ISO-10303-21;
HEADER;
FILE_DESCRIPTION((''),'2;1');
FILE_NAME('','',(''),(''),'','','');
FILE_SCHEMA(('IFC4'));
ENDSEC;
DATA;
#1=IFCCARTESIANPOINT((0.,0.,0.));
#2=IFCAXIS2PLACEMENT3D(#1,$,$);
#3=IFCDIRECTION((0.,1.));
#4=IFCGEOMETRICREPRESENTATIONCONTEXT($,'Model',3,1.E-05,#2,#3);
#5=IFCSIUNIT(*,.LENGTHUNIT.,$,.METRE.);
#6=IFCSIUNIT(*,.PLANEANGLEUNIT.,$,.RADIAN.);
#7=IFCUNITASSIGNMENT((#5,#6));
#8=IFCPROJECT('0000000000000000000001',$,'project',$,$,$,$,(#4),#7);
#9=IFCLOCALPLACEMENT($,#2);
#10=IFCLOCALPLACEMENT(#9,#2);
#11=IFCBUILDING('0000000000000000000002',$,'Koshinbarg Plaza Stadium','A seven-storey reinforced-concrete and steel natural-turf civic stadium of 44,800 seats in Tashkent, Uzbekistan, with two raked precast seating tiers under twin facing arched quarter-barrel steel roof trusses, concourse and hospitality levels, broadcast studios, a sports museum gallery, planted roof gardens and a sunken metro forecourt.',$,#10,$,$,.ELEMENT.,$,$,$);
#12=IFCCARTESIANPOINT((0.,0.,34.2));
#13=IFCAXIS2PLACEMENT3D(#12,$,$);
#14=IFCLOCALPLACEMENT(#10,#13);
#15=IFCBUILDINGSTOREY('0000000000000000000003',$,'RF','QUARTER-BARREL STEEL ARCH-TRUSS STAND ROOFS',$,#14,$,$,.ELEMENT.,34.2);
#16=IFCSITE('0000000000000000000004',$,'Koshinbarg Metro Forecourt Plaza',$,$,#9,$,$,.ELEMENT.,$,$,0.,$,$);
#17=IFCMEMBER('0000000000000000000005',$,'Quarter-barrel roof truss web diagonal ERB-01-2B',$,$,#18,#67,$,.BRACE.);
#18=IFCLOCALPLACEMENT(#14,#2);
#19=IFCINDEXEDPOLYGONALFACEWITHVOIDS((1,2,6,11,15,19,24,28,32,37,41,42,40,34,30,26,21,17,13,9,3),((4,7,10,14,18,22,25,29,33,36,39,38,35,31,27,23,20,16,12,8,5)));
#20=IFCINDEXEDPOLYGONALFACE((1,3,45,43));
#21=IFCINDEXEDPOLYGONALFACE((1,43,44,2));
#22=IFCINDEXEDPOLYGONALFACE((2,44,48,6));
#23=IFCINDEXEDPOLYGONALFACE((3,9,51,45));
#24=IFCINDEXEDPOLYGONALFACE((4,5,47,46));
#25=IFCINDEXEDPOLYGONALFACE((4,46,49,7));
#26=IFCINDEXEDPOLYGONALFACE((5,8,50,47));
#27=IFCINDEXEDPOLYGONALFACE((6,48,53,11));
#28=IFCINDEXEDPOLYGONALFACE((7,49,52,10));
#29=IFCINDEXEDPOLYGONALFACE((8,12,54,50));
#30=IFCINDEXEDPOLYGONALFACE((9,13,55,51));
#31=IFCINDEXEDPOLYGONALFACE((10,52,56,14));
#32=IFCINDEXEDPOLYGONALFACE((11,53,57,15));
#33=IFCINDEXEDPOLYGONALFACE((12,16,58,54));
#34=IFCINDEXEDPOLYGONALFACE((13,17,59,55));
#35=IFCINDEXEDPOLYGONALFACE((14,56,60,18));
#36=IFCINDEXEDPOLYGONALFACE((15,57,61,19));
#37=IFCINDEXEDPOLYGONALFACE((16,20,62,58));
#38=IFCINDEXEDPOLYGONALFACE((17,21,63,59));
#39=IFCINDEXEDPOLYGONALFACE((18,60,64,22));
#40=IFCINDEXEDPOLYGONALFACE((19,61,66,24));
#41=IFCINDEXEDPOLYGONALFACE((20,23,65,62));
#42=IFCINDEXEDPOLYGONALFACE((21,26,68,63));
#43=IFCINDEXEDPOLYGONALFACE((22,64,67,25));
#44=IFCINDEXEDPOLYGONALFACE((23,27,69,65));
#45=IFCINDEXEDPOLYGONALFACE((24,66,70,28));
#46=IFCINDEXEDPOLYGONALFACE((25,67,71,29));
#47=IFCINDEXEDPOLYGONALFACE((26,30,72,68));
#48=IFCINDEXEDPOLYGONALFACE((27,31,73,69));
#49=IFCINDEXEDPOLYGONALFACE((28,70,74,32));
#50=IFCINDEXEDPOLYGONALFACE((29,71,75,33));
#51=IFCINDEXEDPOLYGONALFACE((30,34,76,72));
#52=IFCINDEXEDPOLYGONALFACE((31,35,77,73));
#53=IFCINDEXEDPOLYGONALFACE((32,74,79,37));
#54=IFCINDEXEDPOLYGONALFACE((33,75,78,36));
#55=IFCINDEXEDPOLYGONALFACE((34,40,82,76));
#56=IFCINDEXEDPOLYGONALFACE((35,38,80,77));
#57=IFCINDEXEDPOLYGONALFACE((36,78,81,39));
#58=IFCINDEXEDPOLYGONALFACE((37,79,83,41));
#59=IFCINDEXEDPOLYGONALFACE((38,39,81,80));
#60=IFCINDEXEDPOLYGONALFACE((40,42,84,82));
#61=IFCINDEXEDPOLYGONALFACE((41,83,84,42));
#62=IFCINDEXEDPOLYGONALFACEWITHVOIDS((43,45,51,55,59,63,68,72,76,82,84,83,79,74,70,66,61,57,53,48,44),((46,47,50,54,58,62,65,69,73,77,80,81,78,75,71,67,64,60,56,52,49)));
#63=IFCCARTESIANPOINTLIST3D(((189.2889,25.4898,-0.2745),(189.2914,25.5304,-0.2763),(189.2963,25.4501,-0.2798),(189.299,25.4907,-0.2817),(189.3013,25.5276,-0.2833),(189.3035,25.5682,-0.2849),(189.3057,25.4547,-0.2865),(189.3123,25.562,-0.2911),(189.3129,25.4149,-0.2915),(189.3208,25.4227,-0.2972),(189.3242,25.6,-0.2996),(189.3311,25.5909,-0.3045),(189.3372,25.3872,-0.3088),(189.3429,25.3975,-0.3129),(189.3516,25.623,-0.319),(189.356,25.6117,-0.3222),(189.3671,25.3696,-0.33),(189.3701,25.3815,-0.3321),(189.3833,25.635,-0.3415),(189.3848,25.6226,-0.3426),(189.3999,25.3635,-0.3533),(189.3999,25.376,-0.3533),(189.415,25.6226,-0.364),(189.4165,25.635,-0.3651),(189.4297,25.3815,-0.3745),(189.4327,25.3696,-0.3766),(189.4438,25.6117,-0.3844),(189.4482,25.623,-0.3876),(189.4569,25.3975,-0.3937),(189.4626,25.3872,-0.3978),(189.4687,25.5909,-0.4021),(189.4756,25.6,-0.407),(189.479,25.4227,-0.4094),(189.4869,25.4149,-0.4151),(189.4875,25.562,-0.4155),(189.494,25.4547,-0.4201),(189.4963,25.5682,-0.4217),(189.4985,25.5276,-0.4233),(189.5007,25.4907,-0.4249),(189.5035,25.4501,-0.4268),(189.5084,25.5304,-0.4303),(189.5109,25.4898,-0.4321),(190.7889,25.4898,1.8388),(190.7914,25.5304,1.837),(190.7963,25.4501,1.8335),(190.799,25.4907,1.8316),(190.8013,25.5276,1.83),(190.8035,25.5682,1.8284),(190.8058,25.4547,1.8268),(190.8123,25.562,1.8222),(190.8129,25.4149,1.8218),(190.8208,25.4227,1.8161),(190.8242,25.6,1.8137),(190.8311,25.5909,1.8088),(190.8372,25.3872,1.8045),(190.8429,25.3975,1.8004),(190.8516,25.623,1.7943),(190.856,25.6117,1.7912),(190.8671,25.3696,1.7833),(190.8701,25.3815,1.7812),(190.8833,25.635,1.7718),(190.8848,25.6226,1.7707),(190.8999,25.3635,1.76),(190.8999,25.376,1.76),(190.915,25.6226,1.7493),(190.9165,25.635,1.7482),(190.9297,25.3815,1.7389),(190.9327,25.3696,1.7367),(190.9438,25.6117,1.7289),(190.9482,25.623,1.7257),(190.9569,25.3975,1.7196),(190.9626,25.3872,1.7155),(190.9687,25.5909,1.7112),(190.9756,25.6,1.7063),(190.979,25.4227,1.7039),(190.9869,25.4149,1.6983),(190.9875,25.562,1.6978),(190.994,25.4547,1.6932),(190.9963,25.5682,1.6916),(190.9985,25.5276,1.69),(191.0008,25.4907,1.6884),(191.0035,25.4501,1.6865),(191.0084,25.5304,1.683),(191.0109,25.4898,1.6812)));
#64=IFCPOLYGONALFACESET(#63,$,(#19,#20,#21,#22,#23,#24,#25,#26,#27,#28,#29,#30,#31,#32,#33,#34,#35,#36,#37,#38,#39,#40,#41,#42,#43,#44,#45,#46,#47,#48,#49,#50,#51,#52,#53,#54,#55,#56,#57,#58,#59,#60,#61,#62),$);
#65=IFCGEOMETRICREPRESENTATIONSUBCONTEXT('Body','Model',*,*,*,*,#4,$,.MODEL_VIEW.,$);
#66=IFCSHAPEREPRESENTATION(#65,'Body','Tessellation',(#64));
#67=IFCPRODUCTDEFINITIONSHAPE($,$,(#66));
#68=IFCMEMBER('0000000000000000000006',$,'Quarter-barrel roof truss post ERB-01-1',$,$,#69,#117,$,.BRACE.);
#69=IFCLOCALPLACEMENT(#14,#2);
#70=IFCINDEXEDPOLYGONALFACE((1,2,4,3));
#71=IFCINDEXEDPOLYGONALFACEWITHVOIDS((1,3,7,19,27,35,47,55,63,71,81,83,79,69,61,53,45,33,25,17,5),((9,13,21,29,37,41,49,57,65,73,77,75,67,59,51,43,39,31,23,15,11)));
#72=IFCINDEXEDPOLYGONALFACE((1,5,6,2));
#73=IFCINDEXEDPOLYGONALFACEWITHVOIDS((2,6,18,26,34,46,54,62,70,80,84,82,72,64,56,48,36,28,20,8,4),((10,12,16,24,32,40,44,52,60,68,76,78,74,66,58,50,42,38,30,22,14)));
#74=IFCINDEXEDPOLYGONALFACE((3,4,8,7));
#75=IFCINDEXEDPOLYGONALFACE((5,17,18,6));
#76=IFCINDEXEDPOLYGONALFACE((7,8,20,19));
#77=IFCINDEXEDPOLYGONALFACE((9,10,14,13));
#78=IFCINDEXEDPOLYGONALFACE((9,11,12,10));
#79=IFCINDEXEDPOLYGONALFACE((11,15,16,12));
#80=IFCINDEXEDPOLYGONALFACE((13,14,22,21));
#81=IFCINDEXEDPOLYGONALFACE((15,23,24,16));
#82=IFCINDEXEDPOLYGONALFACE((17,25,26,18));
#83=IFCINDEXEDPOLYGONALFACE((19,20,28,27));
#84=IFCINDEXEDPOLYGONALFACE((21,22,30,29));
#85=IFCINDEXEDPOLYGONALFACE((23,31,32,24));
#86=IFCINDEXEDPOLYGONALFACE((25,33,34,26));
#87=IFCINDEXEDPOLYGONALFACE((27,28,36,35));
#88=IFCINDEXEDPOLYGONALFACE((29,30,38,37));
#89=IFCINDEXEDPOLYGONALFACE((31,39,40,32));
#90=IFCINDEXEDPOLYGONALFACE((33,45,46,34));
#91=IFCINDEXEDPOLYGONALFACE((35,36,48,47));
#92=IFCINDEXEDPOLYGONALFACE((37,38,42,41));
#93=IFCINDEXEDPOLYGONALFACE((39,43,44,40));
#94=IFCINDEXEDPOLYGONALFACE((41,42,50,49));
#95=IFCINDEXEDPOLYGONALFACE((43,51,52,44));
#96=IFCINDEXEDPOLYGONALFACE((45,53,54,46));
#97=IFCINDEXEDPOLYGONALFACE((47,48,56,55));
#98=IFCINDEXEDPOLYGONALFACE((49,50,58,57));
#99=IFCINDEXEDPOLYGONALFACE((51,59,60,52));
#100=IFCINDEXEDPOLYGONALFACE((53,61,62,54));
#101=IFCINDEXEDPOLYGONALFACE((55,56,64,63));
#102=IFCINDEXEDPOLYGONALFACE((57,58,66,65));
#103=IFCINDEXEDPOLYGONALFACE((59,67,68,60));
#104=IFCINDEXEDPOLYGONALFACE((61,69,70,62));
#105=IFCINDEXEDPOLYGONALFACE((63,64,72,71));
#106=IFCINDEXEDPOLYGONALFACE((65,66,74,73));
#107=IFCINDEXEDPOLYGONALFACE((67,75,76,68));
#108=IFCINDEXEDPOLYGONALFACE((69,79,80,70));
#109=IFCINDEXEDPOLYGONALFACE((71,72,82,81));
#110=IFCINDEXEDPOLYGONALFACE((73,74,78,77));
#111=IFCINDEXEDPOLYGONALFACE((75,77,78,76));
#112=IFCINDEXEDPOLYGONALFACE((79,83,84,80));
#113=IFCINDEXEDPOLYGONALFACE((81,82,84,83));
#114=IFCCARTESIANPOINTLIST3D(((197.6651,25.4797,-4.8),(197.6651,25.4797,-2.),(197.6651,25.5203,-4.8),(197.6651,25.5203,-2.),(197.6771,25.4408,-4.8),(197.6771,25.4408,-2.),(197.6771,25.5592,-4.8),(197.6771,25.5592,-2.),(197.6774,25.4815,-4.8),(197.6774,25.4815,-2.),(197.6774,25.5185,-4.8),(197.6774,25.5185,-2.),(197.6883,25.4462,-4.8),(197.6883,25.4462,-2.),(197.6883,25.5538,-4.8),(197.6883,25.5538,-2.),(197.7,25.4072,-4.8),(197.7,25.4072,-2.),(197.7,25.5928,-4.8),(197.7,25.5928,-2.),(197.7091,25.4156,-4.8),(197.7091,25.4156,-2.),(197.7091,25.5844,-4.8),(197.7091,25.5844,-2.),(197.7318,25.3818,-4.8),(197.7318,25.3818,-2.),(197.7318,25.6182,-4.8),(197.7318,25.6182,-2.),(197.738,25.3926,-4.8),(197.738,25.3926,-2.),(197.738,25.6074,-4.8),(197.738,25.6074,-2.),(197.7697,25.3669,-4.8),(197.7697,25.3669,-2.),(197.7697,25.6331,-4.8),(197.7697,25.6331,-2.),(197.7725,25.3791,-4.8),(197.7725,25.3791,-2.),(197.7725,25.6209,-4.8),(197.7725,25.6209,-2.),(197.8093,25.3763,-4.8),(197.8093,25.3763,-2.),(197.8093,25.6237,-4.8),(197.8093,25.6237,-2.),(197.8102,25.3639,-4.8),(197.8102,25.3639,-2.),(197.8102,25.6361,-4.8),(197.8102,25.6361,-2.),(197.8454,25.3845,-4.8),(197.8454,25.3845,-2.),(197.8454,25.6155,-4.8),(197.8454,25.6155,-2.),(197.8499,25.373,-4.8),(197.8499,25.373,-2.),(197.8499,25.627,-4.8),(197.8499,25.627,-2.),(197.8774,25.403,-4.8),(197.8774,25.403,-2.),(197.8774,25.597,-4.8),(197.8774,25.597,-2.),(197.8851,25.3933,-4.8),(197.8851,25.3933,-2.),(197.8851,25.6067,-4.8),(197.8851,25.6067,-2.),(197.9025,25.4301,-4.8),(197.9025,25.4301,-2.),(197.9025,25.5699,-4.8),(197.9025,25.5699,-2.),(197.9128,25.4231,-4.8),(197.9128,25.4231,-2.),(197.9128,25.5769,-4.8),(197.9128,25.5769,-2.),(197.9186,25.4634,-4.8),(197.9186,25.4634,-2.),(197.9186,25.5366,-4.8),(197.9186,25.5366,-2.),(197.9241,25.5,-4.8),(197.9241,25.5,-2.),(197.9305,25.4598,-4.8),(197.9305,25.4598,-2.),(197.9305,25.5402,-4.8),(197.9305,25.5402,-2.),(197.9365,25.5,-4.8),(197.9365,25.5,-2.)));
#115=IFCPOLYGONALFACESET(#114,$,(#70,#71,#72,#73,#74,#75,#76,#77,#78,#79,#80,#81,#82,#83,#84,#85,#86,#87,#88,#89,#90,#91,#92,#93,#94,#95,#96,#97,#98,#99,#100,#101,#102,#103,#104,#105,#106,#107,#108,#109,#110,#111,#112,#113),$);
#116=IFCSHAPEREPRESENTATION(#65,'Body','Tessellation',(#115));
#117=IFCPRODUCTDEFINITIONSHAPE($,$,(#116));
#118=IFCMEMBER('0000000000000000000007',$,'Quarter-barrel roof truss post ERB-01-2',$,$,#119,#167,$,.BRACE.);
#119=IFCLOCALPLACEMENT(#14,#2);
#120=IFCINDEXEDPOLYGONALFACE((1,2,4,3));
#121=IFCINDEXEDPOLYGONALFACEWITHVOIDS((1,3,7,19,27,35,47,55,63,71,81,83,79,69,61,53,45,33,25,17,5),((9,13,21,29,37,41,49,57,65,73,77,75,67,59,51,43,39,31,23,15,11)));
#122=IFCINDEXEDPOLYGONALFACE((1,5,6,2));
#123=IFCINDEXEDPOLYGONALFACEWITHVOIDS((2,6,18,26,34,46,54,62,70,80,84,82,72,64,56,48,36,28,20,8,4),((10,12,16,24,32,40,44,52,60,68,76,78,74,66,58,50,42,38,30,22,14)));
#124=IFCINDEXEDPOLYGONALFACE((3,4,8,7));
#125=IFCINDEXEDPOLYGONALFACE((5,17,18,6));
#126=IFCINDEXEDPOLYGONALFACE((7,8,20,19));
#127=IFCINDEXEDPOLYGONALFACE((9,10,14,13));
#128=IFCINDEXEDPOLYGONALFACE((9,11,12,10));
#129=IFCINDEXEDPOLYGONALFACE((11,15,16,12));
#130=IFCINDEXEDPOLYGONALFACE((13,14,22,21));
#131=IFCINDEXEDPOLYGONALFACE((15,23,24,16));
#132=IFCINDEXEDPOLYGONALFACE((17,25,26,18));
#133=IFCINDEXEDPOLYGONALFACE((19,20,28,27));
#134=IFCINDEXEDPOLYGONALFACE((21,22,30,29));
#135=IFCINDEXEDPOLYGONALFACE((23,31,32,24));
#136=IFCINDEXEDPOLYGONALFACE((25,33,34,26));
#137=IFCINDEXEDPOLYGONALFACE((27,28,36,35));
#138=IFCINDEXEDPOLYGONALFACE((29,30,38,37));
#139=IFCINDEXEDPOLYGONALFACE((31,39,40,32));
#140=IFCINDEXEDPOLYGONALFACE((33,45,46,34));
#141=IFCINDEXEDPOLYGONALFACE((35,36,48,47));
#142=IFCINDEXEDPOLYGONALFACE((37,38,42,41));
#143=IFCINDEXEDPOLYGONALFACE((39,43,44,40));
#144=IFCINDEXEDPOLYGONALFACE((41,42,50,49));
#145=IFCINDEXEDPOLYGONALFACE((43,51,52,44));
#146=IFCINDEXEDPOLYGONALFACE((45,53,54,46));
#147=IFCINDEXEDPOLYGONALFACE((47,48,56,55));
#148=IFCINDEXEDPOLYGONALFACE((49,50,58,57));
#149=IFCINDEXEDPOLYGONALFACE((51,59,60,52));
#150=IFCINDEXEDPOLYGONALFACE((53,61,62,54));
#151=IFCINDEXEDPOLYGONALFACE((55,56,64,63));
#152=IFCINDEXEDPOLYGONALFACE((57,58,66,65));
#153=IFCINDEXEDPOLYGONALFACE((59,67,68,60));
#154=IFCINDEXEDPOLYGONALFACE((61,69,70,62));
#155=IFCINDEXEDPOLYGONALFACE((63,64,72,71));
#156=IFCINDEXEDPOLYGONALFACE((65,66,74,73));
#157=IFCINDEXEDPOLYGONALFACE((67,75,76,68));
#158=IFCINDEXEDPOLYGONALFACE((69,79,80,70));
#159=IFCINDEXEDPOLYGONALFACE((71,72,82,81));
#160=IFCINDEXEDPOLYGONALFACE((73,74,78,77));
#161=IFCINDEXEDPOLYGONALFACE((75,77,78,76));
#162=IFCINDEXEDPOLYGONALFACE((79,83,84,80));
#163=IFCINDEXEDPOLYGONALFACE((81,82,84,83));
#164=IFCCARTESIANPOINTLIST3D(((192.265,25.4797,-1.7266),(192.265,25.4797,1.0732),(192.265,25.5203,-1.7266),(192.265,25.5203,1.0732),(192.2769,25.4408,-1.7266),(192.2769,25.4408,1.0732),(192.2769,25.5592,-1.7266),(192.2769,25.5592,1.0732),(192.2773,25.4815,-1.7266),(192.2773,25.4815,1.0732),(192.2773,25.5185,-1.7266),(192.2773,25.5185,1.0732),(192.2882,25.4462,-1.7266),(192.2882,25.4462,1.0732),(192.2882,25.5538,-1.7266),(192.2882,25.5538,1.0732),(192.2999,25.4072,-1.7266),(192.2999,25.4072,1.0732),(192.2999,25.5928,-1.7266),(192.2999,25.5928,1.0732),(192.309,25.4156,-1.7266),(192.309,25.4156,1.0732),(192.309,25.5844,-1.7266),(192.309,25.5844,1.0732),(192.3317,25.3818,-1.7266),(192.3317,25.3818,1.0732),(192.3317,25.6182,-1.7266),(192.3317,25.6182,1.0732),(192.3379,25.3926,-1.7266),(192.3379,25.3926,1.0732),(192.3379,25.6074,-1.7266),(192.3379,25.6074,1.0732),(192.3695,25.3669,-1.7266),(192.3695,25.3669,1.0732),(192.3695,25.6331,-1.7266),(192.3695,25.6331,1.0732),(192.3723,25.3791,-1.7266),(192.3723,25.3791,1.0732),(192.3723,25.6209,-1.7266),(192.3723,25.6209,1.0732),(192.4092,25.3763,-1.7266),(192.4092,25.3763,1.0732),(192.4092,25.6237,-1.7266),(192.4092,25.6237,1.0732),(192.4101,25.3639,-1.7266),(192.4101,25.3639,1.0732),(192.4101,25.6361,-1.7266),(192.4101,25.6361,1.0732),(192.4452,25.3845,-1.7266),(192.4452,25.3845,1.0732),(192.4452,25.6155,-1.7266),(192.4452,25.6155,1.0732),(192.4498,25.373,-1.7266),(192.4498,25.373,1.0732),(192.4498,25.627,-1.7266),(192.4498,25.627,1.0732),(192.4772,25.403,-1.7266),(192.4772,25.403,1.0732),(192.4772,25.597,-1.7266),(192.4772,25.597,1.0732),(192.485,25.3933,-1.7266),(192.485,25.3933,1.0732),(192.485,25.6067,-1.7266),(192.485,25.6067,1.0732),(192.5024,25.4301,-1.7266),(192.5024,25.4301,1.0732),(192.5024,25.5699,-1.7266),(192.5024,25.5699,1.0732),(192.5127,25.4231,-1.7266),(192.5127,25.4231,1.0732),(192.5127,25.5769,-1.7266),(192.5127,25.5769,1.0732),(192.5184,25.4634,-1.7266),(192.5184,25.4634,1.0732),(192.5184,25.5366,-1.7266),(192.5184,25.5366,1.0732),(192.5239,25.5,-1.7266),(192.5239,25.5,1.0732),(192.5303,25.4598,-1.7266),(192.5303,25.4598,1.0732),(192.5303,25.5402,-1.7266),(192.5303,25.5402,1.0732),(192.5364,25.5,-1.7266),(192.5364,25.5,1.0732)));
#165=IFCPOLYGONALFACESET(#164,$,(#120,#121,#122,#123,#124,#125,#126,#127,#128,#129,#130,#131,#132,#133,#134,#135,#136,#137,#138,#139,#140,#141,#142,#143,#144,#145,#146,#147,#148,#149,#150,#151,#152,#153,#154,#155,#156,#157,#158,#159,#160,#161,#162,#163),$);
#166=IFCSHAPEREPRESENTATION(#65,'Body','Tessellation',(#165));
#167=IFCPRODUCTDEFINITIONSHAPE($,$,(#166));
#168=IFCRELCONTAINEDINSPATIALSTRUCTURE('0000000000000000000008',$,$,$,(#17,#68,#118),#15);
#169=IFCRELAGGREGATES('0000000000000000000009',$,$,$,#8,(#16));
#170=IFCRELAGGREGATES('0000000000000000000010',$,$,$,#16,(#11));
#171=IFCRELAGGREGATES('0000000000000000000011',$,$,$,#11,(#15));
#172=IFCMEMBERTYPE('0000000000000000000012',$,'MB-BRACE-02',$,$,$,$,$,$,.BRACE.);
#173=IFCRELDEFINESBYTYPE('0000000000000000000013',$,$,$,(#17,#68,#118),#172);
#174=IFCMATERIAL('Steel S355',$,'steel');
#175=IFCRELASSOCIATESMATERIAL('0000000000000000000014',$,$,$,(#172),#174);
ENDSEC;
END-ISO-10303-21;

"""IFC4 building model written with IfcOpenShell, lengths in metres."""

from ifc_helpers import new_model, si_unit, direction, frame, origin, origin_2d, place, context, subcontext, project, spatial, hollow_circle, extrude, material, material_profile, profile_set, type_object, element, save


model = new_model("IFC4")

# Units and contexts
model_context = context("Model", 3, precision=1e-05, world=origin(), true_north=direction((0.0, 1.0)))
body_context = subcontext(model_context, "Body", "Model", "MODEL_VIEW")
ifc_project = project(units=[si_unit("LENGTHUNIT", "METRE"), si_unit("PLANEANGLEUNIT", "RADIAN")], contexts=[model_context])

# Site, building, storey
site_placement = place(None, origin())
site = spatial("IfcSite", under=ifc_project, at=site_placement, Name="Koshinbarg Metro Forecourt Plaza", CompositionType="ELEMENT", RefElevation=0.0)
building_placement = place(site_placement, origin())
building = spatial("IfcBuilding", under=site, at=building_placement, Name="Koshinbarg Plaza Stadium", Description="A seven-storey reinforced-concrete and steel natural-turf civic stadium of 44,800 seats in Tashkent, Uzbekistan, with two raked precast seating tiers under twin facing arched quarter-barrel steel roof trusses, concourse and hospitality levels, broadcast studios, a sports museum gallery, planted roof gardens and a sunken metro forecourt.", CompositionType="ELEMENT")
storey_placement = place(building_placement, frame((0.0, 0.0, 34.2)))
storey = spatial("IfcBuildingStorey", under=building, at=storey_placement, Name="RF", Description="QUARTER-BARREL STEEL ARCH-TRUSS STAND ROOFS", CompositionType="ELEMENT", Elevation=34.2)

# Members
ifc_material_1 = material(Name="Steel S355", Category="steel")
ifc_material_profile_1 = material_profile(ifc_material_1, hollow_circle(Radius=0.1365, WallThickness=0.0125, at=origin_2d()), Name="CHS 273x12.5")
ifc_profile_set_1 = profile_set([ifc_material_profile_1], Name="Steel S355")
member_type_1 = type_object("IfcMemberType", Name="MB-BRACE-02", PredefinedType="BRACE", material=ifc_profile_set_1)
member_1_placement = place(storey_placement, frame((190.8999, 25.5, 1.76), z_axis=(-0.578812, 0.0, -0.815461), x_axis=(0.0, -1.0, 0.0)))
element("IfcMember", 1, at=member_1_placement, inside=storey, type_object=member_type_1, Name="Quarter-barrel roof truss web diagonal ERB-01-2B", PredefinedType="BRACE", context=body_context, shape_type="SweptSolid", body=[
    extrude(hollow_circle(Radius=0.1365, WallThickness=0.0125, at=origin_2d()), origin(), (0.0, 0.0, 1.0), 2.5916),
])
member_2_placement = place(storey_placement, frame((197.8, 25.5, -4.8), z_axis=(0.0, 0.0, 1.0), x_axis=(1.0, 0.0, 0.0)))
element("IfcMember", 2, at=member_2_placement, inside=storey, type_object=member_type_1, Name="Quarter-barrel roof truss post ERB-01-1", PredefinedType="BRACE", context=body_context, shape_type="SweptSolid", body=[
    extrude(hollow_circle(Radius=0.1365, WallThickness=0.0125, at=origin_2d()), origin(), (0.0, 0.0, 1.0), 2.8),
])
member_3_placement = place(storey_placement, frame((192.3999, 25.5, -1.7266), z_axis=(0.0, 0.0, 1.0), x_axis=(1.0, 0.0, 0.0)))
element("IfcMember", 3, at=member_3_placement, inside=storey, type_object=member_type_1, Name="Quarter-barrel roof truss post ERB-01-2", PredefinedType="BRACE", context=body_context, shape_type="SweptSolid", body=[
    extrude(hollow_circle(Radius=0.1365, WallThickness=0.0125, at=origin_2d()), origin(), (0.0, 0.0, 1.0), 2.7998),
])

save(model, "model.ifc")
